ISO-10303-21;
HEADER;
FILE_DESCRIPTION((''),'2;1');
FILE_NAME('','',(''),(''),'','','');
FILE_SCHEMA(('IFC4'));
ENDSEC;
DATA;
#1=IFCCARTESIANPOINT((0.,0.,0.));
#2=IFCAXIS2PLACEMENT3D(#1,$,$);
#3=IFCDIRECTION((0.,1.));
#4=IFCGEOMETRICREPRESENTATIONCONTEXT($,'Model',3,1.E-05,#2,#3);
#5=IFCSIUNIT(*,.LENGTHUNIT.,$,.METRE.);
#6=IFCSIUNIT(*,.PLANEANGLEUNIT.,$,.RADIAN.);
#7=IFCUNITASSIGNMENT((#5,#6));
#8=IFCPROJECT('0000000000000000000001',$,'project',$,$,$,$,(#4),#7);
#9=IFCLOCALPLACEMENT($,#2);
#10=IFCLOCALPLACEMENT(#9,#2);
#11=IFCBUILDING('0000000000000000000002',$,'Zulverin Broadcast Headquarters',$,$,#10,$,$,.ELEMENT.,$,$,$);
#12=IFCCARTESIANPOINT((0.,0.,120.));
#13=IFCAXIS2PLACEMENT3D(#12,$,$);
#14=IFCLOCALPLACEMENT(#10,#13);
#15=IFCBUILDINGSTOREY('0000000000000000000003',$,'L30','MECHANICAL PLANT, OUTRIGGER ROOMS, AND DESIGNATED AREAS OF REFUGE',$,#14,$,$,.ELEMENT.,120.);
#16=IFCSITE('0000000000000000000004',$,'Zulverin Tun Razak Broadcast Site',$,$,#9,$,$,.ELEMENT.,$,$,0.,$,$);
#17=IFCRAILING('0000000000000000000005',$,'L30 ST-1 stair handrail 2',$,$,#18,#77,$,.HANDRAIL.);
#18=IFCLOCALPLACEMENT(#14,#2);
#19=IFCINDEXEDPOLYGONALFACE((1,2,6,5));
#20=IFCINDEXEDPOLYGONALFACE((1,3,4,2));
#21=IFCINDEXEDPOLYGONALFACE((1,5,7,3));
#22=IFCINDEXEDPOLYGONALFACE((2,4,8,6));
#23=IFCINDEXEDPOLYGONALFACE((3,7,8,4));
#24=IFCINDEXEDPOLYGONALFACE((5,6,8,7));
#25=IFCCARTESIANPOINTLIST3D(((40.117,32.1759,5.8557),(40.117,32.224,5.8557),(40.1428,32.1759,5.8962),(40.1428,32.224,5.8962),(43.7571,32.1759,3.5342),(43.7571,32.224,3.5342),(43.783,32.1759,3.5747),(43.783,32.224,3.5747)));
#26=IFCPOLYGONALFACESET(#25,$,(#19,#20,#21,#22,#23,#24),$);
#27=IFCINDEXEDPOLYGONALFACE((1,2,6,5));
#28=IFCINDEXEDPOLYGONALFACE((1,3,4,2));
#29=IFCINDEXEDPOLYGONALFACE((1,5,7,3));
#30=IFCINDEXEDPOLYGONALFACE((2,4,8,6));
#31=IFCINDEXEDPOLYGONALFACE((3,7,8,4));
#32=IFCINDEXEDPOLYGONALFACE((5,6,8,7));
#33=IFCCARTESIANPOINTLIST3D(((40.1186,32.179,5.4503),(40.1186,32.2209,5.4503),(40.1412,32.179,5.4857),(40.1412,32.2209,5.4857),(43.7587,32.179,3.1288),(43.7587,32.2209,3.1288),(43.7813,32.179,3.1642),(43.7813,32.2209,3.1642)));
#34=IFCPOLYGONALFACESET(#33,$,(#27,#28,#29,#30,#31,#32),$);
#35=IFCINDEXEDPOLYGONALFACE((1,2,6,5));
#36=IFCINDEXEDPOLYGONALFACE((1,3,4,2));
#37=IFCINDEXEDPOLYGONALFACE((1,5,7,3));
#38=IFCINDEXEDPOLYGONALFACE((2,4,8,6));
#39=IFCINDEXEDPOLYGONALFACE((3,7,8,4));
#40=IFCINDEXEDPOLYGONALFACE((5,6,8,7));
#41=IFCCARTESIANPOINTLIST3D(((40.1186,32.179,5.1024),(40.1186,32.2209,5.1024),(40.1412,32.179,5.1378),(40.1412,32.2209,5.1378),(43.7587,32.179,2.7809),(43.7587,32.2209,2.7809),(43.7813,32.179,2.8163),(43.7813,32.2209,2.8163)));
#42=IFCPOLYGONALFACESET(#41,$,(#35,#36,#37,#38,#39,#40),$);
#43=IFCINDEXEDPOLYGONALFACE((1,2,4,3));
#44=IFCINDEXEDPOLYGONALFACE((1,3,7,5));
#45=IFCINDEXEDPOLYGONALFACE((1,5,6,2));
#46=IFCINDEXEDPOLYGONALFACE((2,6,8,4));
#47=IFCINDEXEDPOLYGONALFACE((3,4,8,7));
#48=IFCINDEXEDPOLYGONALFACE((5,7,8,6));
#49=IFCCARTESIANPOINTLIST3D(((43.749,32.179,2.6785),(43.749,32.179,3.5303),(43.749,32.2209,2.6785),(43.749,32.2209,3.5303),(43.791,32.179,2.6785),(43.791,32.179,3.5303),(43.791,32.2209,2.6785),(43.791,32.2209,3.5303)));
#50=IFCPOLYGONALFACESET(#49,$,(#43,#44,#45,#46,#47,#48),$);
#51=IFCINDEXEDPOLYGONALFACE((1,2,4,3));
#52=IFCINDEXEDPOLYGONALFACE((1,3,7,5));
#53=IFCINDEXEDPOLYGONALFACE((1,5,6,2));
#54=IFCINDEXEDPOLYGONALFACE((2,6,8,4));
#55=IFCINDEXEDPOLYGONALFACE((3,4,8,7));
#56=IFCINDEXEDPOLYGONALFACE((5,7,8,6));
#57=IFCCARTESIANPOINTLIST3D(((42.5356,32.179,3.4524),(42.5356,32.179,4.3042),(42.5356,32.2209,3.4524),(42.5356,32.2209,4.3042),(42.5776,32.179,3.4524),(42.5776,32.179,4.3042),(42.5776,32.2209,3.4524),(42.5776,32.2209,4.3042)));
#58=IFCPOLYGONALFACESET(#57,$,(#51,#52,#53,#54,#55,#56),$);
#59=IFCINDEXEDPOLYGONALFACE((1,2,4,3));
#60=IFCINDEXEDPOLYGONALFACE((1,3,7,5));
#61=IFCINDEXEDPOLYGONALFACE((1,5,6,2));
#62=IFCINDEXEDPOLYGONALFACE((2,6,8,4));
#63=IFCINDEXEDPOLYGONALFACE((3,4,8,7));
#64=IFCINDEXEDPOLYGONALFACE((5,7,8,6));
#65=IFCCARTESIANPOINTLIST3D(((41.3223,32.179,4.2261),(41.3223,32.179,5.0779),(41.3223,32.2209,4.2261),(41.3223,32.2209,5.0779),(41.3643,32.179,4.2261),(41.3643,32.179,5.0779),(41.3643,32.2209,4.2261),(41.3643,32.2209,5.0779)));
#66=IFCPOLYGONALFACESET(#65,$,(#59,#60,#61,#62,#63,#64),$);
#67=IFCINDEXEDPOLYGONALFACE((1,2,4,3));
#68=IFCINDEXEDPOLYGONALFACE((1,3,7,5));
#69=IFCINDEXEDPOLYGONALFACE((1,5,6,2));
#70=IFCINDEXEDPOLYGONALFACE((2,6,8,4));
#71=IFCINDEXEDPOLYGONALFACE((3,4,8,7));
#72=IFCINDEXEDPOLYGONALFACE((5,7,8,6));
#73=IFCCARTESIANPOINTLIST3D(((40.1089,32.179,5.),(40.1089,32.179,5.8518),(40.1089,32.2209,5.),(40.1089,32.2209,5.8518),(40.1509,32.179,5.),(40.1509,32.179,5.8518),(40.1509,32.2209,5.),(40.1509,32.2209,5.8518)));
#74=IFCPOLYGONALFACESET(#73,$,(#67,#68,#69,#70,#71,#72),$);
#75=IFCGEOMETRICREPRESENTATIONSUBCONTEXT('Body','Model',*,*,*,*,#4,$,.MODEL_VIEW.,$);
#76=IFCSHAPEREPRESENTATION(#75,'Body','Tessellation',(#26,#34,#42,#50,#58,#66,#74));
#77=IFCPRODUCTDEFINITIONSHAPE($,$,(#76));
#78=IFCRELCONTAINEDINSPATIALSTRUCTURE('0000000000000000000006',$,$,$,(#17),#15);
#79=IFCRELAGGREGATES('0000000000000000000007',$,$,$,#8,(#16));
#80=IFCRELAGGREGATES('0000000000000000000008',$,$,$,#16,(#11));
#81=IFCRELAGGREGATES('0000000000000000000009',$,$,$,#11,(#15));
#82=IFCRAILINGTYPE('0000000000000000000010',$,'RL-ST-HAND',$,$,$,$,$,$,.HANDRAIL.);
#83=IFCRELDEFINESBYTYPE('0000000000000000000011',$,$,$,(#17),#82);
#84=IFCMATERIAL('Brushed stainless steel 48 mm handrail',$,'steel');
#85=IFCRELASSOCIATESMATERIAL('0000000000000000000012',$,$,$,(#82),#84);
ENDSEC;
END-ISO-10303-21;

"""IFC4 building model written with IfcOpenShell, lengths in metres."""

from ifc_helpers import new_model, si_unit, direction, frame, origin, origin_2d, place, context, subcontext, project, spatial, rectangle, extrude, material, type_object, element, save


model = new_model("IFC4")

# Units and contexts
model_context = context("Model", 3, precision=1e-05, world=origin(), true_north=direction((0.0, 1.0)))
body_context = subcontext(model_context, "Body", "Model", "MODEL_VIEW")
ifc_project = project(units=[si_unit("LENGTHUNIT", "METRE"), si_unit("PLANEANGLEUNIT", "RADIAN")], contexts=[model_context])

# Site, building, storey
site_placement = place(None, origin())
site = spatial("IfcSite", under=ifc_project, at=site_placement, Name="Zulverin Tun Razak Broadcast Site", CompositionType="ELEMENT", RefElevation=0.0)
building_placement = place(site_placement, origin())
building = spatial("IfcBuilding", under=site, at=building_placement, Name="Zulverin Broadcast Headquarters", CompositionType="ELEMENT")
storey_placement = place(building_placement, frame((0.0, 0.0, 120.0)))
storey = spatial("IfcBuildingStorey", under=building, at=storey_placement, Name="L30", Description="MECHANICAL PLANT, OUTRIGGER ROOMS, AND DESIGNATED AREAS OF REFUGE", CompositionType="ELEMENT", Elevation=120.0)

# Railing
ifc_material_1 = material(Name="Brushed stainless steel 48 mm handrail", Category="steel")
railing_type_1 = type_object("IfcRailingType", Name="RL-ST-HAND", PredefinedType="HANDRAIL", material=ifc_material_1)
railing_1_placement = place(storey_placement, frame((43.77, 32.2, 2.6785)))
element("IfcRailing", 1, at=railing_1_placement, inside=storey, type_object=railing_type_1, Name="L30 ST-1 stair handrail 2", PredefinedType="HANDRAIL", context=body_context, shape_type="SweptSolid", body=[
    extrude(rectangle(XDim=0.0481, YDim=0.0481, at=origin_2d()), frame((0.0, 0.0, 0.876), z_axis=(-0.843128, 0.0, 0.537713), x_axis=(0.0, -1.0, 0.0)), (0.0, 0.0, 1.0), 4.3174),
    extrude(rectangle(XDim=0.042, YDim=0.042, at=origin_2d()), frame((0.0, 0.0, 0.468), z_axis=(-0.843128, 0.0, 0.537713), x_axis=(0.0, -1.0, 0.0)), (0.0, 0.0, 1.0), 4.3174),
    extrude(rectangle(XDim=0.042, YDim=0.042, at=origin_2d()), frame((0.0, 0.0, 0.1201), z_axis=(-0.843128, 0.0, 0.537713), x_axis=(0.0, -1.0, 0.0)), (0.0, 0.0, 1.0), 4.3174),
    extrude(rectangle(XDim=0.042, YDim=0.042, at=origin_2d()), origin(), (0.0, 0.0, 1.0), 0.8518),
    extrude(rectangle(XDim=0.042, YDim=0.042, at=origin_2d()), frame((-1.2134, 0.0, 0.7739)), (0.0, 0.0, 1.0), 0.8518),
    extrude(rectangle(XDim=0.042, YDim=0.042, at=origin_2d()), frame((-2.4268, 0.0, 1.5476)), (0.0, 0.0, 1.0), 0.8518),
    extrude(rectangle(XDim=0.042, YDim=0.042, at=origin_2d()), frame((-3.6401, 0.0, 2.3215)), (0.0, 0.0, 1.0), 0.8518),
])

save(model, "model.ifc")
